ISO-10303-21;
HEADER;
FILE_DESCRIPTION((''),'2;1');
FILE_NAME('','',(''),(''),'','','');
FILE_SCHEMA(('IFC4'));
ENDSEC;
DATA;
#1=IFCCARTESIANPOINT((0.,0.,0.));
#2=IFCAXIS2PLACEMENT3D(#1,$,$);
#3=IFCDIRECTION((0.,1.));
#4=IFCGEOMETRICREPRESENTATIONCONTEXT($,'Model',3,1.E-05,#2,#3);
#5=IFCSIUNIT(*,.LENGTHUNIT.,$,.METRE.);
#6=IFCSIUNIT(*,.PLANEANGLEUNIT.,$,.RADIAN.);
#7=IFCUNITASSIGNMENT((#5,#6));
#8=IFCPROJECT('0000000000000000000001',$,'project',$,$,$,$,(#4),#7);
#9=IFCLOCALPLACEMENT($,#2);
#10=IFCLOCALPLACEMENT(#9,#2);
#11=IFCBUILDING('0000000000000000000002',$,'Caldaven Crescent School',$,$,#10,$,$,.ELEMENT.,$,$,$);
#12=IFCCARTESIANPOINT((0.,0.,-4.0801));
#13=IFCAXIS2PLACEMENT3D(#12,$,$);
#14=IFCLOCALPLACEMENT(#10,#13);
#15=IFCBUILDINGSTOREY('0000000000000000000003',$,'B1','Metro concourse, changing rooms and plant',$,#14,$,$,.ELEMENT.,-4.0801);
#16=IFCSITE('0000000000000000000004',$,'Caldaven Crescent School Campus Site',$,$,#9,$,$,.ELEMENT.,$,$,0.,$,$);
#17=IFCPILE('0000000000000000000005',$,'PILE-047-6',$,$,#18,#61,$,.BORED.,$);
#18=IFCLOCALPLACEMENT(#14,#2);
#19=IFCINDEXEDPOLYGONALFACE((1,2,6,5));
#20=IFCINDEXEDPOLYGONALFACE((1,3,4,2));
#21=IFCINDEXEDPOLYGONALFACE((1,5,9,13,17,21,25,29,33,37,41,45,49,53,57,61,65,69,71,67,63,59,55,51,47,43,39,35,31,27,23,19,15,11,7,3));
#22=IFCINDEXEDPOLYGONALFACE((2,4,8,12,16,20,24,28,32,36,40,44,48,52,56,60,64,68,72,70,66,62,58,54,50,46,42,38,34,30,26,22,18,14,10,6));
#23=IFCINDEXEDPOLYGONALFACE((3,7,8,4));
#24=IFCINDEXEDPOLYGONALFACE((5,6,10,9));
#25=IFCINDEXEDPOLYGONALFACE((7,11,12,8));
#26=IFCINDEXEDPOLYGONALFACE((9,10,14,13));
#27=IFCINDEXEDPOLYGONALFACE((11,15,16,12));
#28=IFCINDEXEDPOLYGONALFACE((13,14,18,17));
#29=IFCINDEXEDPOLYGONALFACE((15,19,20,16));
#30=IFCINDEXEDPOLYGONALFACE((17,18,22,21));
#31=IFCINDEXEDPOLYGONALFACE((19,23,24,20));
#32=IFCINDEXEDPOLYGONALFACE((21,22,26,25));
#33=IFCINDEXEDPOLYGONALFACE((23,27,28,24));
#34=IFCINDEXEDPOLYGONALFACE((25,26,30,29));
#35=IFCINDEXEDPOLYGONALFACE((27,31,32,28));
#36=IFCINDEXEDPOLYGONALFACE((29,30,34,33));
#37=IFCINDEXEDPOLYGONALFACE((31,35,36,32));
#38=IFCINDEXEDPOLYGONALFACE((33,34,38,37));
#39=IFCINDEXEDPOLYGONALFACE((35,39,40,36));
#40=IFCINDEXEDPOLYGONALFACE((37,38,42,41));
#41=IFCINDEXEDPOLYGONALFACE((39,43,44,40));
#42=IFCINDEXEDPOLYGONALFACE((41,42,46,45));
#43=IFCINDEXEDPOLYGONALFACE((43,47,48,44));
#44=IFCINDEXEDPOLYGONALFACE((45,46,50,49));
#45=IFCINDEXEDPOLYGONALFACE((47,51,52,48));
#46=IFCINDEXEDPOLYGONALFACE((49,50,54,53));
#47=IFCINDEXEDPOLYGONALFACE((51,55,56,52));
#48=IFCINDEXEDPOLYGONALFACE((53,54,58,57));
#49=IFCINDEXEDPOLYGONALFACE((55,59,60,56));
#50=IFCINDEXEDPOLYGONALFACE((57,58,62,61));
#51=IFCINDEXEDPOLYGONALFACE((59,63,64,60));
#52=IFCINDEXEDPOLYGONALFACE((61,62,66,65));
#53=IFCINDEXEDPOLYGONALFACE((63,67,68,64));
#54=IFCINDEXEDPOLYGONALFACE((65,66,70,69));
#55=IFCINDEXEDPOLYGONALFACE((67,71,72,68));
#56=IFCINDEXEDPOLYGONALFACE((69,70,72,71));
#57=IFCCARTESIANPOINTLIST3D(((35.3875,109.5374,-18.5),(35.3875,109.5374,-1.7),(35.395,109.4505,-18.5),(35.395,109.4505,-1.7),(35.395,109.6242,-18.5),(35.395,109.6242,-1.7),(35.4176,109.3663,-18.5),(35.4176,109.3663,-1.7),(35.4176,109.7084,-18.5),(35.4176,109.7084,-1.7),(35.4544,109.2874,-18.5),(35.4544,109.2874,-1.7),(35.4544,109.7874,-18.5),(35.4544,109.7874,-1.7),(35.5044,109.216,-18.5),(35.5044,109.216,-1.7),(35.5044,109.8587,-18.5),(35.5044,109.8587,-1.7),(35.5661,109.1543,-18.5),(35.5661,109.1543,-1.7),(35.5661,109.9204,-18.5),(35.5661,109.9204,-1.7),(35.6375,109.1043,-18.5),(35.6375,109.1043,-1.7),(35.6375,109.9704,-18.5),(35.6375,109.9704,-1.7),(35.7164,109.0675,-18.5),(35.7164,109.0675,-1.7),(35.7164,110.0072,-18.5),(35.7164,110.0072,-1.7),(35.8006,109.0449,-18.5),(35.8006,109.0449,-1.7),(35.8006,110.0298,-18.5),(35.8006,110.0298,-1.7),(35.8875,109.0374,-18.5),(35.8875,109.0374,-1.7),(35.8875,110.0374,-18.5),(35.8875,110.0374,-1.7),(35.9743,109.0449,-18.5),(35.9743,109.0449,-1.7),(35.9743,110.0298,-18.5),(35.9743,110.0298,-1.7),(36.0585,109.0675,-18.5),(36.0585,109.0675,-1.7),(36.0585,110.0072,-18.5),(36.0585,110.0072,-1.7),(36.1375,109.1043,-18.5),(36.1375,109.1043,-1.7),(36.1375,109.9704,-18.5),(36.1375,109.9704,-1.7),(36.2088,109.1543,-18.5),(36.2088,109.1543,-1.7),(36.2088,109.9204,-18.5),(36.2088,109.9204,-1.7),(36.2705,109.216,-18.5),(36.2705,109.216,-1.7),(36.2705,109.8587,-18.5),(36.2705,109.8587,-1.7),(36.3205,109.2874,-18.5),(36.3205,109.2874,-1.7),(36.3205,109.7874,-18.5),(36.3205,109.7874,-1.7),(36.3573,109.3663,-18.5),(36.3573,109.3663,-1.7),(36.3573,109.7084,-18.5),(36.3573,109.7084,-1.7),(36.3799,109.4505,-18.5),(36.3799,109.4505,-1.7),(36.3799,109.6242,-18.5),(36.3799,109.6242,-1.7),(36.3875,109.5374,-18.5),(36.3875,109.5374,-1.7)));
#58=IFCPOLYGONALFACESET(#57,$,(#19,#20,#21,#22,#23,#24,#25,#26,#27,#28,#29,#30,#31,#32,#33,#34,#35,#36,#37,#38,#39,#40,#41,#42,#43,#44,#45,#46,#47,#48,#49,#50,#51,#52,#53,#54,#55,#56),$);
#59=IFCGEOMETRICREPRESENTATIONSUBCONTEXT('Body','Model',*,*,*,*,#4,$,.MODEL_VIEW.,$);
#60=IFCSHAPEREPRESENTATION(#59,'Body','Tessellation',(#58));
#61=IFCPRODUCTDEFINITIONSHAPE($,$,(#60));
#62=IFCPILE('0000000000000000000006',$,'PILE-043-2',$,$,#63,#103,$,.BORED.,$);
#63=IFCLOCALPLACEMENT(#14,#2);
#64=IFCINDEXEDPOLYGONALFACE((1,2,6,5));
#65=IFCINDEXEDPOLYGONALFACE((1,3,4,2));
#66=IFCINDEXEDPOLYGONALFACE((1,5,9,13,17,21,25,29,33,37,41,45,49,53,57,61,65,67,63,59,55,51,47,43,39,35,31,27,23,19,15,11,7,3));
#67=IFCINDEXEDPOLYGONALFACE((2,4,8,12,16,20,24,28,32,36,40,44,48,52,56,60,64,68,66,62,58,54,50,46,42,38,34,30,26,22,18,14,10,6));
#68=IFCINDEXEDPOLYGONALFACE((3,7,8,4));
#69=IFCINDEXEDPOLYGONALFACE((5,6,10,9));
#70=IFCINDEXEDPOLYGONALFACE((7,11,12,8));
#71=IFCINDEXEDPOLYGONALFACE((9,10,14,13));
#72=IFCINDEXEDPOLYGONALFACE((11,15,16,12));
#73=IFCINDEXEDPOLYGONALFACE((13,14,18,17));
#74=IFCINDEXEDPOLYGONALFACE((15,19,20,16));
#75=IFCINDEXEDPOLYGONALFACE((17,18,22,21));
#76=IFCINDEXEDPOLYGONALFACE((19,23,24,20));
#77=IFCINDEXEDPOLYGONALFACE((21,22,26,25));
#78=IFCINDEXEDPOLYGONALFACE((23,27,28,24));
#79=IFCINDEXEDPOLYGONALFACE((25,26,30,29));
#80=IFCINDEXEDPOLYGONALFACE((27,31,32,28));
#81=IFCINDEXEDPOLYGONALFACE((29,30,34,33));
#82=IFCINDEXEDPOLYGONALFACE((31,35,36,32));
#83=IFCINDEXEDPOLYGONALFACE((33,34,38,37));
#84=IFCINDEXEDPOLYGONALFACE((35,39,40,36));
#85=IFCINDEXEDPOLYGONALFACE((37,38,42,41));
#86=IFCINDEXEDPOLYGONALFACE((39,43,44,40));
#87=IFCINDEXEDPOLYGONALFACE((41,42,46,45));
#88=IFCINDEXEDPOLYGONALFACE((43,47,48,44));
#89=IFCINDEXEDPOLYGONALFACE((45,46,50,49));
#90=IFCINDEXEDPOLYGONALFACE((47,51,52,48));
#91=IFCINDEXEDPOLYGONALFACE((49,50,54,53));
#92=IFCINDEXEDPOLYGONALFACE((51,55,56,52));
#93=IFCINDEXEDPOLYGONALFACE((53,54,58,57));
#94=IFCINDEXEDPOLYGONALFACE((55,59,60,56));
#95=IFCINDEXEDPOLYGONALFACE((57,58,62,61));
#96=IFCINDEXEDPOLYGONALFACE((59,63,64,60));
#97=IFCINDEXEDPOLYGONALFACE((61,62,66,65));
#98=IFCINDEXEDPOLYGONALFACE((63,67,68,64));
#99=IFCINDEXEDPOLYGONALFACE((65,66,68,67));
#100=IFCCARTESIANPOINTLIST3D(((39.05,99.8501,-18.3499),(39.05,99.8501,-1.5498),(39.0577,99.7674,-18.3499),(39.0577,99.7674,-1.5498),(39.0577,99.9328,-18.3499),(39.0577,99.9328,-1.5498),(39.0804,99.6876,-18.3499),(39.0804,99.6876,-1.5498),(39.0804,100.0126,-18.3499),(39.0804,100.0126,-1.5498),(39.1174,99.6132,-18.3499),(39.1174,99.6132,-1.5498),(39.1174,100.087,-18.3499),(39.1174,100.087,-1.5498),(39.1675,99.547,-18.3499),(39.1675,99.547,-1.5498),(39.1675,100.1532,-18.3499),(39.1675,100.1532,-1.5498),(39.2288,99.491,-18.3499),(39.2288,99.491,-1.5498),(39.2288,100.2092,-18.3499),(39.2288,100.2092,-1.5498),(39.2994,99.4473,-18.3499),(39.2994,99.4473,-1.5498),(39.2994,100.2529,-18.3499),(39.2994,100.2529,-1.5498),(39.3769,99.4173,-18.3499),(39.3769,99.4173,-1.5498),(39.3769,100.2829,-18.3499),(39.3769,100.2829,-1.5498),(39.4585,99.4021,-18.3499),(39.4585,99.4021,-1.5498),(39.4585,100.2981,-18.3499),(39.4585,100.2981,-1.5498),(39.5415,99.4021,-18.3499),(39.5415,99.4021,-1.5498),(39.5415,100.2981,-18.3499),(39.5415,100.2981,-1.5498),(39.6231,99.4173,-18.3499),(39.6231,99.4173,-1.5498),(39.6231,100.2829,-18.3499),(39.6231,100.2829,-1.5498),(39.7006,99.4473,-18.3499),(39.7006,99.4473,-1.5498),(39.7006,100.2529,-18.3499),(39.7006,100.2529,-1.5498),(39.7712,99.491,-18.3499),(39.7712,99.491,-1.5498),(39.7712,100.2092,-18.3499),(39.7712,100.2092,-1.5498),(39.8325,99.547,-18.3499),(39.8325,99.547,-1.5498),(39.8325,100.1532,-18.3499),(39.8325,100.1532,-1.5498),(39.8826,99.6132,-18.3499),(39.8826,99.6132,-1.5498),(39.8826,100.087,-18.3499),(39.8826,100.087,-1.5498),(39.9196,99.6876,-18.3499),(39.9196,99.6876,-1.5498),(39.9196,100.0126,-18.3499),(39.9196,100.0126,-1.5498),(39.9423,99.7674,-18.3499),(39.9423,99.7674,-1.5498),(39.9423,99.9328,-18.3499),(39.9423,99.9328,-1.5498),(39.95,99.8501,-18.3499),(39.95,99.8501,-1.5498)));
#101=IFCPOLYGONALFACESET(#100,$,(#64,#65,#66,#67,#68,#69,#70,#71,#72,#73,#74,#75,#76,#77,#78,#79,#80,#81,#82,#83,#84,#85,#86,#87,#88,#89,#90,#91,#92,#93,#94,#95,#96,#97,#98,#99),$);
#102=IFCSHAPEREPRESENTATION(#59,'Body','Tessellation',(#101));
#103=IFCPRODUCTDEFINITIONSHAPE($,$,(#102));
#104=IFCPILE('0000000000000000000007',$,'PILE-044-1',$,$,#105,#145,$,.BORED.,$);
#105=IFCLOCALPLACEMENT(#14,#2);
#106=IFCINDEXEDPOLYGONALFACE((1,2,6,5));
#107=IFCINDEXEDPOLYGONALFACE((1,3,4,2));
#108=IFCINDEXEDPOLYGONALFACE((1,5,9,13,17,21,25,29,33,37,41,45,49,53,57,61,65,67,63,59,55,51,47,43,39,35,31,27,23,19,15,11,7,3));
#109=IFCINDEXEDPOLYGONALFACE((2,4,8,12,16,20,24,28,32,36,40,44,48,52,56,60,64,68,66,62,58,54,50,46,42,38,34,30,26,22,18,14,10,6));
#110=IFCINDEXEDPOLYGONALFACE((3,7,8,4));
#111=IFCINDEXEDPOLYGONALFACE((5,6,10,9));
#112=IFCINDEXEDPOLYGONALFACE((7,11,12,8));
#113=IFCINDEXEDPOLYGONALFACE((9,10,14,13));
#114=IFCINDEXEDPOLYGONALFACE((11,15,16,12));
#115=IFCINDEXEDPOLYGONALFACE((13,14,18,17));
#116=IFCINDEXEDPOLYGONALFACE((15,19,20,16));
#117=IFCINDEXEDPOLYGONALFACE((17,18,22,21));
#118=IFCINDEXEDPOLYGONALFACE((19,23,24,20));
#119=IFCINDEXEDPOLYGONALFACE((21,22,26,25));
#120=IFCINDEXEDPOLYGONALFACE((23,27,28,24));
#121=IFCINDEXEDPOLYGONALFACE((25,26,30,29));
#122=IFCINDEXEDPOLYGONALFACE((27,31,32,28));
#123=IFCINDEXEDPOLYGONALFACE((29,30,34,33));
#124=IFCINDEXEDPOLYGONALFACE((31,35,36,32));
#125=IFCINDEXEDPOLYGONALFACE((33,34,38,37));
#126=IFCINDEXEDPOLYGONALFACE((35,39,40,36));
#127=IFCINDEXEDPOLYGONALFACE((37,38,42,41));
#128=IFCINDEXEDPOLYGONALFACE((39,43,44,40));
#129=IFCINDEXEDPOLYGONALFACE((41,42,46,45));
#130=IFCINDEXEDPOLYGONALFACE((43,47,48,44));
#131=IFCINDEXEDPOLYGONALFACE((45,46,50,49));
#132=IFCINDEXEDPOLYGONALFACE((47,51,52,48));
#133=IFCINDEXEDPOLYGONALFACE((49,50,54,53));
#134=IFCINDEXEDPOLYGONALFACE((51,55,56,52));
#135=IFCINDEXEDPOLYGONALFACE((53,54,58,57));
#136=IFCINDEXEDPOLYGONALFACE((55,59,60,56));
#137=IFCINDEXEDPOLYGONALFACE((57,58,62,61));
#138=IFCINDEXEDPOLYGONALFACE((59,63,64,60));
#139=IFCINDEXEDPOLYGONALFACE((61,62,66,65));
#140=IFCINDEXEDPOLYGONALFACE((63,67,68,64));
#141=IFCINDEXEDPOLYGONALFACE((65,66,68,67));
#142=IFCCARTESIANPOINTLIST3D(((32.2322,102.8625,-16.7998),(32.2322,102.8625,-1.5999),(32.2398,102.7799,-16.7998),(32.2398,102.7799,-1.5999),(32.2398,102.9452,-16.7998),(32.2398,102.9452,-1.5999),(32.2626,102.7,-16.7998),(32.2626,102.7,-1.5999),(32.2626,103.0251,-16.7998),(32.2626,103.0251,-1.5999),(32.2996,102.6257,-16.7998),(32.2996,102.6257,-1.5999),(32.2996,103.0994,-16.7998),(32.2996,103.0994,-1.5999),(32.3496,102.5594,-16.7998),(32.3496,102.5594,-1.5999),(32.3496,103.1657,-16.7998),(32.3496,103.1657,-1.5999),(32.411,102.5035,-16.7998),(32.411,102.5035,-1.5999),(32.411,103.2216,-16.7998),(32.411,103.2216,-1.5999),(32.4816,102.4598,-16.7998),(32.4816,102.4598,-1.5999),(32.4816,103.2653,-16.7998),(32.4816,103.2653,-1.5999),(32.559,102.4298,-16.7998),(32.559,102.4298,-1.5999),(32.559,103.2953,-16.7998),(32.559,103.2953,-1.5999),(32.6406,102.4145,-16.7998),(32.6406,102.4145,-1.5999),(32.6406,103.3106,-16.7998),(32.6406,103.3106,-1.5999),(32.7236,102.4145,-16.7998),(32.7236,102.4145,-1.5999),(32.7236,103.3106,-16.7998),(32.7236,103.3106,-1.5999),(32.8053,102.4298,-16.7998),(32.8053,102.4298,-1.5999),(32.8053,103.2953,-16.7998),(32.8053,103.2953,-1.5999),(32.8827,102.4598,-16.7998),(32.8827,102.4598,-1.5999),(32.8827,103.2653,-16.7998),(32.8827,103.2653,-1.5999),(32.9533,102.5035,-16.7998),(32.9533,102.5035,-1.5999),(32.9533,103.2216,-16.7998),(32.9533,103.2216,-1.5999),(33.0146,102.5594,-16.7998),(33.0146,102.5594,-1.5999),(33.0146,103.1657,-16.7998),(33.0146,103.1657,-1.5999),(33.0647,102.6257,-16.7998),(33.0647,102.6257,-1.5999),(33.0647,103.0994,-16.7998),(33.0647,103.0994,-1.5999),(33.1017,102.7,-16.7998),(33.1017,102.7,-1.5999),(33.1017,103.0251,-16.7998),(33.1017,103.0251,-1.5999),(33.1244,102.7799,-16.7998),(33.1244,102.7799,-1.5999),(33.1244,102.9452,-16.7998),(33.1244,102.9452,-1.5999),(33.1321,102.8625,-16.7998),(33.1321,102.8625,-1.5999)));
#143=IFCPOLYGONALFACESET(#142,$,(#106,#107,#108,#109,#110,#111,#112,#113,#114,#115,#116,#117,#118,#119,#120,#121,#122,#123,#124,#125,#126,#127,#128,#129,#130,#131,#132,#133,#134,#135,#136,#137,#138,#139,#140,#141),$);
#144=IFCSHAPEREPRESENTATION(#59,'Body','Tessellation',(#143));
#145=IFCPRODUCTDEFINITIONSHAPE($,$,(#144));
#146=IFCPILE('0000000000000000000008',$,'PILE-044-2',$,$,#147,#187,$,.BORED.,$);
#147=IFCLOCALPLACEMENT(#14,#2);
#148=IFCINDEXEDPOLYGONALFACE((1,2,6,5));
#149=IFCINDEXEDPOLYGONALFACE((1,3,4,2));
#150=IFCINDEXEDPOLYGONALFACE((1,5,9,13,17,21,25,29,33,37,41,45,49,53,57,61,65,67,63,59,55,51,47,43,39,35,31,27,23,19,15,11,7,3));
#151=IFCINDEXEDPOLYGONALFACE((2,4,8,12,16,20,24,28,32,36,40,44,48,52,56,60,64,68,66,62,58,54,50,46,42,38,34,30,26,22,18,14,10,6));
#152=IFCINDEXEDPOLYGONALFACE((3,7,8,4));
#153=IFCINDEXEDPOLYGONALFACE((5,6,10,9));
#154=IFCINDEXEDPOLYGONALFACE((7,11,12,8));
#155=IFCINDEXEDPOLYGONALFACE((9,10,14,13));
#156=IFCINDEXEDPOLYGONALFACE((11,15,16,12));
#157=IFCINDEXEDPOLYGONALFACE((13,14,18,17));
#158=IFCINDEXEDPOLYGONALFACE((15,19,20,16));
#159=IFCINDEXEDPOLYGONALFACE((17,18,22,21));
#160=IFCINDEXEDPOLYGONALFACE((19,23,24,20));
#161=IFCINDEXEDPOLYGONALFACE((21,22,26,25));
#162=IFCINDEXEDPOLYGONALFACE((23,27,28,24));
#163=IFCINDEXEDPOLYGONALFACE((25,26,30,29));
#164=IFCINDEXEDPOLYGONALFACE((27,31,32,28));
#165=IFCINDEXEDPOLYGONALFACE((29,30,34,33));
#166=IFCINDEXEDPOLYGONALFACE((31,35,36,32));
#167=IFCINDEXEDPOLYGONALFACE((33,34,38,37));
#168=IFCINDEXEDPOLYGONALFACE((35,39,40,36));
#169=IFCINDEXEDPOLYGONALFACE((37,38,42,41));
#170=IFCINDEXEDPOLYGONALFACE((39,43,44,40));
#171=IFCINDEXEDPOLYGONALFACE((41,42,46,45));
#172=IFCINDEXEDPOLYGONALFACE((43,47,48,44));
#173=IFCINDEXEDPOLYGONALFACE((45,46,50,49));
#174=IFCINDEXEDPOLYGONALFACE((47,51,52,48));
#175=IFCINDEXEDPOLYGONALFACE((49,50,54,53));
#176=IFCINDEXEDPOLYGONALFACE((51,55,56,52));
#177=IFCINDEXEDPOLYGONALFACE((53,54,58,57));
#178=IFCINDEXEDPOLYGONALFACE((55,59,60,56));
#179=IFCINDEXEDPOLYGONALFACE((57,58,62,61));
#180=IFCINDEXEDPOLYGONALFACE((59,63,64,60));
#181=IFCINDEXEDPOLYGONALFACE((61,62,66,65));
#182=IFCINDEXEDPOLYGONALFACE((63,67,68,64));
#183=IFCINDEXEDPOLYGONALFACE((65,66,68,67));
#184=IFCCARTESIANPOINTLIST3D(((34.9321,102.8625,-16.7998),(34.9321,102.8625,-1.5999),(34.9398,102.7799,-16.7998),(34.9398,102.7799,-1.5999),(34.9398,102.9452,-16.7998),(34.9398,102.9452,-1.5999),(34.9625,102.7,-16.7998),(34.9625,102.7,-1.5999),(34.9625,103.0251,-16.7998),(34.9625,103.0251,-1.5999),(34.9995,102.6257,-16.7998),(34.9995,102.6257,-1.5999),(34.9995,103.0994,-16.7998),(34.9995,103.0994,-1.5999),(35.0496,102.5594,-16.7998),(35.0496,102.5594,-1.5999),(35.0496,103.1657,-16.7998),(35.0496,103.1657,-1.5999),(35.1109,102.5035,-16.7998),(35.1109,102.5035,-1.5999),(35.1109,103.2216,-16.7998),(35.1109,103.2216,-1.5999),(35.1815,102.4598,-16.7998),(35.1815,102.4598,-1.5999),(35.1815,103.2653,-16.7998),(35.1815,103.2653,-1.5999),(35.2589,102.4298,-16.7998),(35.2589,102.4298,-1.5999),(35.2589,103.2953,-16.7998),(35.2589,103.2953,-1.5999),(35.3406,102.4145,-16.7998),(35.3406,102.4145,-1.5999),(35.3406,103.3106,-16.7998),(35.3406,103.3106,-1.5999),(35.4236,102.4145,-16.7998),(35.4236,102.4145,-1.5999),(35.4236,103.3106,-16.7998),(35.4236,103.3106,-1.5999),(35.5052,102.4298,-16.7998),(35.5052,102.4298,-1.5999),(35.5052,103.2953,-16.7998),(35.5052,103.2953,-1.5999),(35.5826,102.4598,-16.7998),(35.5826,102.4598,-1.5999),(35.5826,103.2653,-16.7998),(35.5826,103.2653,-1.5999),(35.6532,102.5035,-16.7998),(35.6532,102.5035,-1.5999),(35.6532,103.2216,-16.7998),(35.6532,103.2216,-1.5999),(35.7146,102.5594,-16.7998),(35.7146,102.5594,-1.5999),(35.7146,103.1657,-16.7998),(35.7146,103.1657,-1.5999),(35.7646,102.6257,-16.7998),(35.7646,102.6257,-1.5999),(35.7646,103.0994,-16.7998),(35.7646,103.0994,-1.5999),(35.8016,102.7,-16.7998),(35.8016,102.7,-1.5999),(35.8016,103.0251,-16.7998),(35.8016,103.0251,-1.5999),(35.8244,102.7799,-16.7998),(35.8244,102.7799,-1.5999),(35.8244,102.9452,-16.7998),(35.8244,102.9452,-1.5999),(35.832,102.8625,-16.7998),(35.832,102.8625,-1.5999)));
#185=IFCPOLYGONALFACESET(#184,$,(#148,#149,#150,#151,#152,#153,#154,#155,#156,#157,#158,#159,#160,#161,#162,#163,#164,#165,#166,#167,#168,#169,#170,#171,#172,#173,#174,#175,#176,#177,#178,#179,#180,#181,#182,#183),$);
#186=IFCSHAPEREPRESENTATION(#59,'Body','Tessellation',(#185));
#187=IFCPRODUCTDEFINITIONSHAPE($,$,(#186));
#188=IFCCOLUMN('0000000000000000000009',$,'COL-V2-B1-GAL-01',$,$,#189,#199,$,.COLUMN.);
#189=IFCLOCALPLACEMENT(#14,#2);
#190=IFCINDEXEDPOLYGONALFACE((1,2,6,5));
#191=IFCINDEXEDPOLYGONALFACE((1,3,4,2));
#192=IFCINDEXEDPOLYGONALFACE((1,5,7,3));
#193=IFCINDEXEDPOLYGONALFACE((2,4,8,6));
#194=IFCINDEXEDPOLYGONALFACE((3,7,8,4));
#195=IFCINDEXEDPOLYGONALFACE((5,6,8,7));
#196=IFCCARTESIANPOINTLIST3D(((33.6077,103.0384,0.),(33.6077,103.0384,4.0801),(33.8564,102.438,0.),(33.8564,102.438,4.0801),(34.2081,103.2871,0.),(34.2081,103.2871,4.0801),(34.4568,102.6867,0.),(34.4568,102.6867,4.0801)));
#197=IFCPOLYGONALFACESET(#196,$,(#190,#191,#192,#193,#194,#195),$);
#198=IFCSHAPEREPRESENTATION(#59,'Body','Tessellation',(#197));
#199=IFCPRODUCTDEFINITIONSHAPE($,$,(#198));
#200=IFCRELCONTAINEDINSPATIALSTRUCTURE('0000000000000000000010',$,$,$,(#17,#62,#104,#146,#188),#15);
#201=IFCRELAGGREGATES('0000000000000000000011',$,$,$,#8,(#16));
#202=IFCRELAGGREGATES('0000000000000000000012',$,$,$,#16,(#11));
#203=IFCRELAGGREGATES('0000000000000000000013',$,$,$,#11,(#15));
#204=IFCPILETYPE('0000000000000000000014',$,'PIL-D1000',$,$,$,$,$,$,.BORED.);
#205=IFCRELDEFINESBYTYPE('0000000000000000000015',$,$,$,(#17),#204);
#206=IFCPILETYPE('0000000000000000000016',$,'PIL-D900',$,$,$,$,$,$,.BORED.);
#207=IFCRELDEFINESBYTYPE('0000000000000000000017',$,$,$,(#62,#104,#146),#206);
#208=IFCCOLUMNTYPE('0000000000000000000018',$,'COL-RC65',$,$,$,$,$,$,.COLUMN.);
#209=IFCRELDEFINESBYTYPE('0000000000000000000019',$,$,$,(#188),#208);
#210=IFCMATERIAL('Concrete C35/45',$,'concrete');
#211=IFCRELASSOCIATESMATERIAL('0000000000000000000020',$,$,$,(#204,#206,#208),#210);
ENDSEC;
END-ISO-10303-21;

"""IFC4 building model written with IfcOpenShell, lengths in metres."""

from ifc_helpers import new_model, si_unit, direction, frame, origin, origin_2d, place, context, subcontext, project, spatial, rectangle, circle, extrude, material, material_profile, profile_set, type_object, element, save


model = new_model("IFC4")

# Units and contexts
model_context = context("Model", 3, precision=1e-05, world=origin(), true_north=direction((0.0, 1.0)))
body_context = subcontext(model_context, "Body", "Model", "MODEL_VIEW")
ifc_project = project(units=[si_unit("LENGTHUNIT", "METRE"), si_unit("PLANEANGLEUNIT", "RADIAN")], contexts=[model_context])

# Site, building, storey
site_placement = place(None, origin())
site = spatial("IfcSite", under=ifc_project, at=site_placement, Name="Caldaven Crescent School Campus Site", CompositionType="ELEMENT", RefElevation=0.0)
building_placement = place(site_placement, origin())
building = spatial("IfcBuilding", under=site, at=building_placement, Name="Caldaven Crescent School", CompositionType="ELEMENT")
storey_placement = place(building_placement, frame((0.0, 0.0, -4.0801)))
storey = spatial("IfcBuildingStorey", under=building, at=storey_placement, Name="B1", Description="Metro concourse, changing rooms and plant", CompositionType="ELEMENT", Elevation=-4.0801)

# Shared definitions
ifc_material_1 = material(Name="Concrete C35/45", Category="concrete")

# Piles
ifc_material_profile_1 = material_profile(ifc_material_1, circle(Radius=0.5, at=origin_2d()), Name="PILE D1000")
ifc_profile_set_1 = profile_set([ifc_material_profile_1], Name="Concrete C35/45")
pile_type_1 = type_object("IfcPileType", Name="PIL-D1000", PredefinedType="BORED", material=ifc_profile_set_1)
for number, where, z_axis, x_axis, name in (
    (1, (35.8875, 109.5374, -1.7), (0.0, 0.0, -1.0), (1.0, 0.0, 0.0), "PILE-047-6"),
):
    element("IfcPile", number, at=place(storey_placement, frame(where, z_axis=z_axis, x_axis=x_axis)), inside=storey, type_object=pile_type_1, Name=name, PredefinedType="BORED", context=body_context, shape_type="SweptSolid", body=[
        extrude(circle(Radius=0.5, at=origin_2d()), origin(), (0.0, 0.0, 1.0), 16.8),
    ])
ifc_material_profile_2 = material_profile(ifc_material_1, circle(Radius=0.45, at=origin_2d()), Name="PILE D900")
ifc_profile_set_2 = profile_set([ifc_material_profile_2], Name="Concrete C35/45")
pile_type_2 = type_object("IfcPileType", Name="PIL-D900", PredefinedType="BORED", material=ifc_profile_set_2)
pile_placement = place(storey_placement, frame((39.5, 99.8501, -1.5498), z_axis=(0.0, 0.0, -1.0), x_axis=(1.0, 0.0, 0.0)))
element("IfcPile", 2, at=pile_placement, inside=storey, type_object=pile_type_2, Name="PILE-043-2", PredefinedType="BORED", context=body_context, shape_type="SweptSolid", body=[
    extrude(circle(Radius=0.45, at=origin_2d()), origin(), (0.0, 0.0, 1.0), 16.8),
])
for number, where, z_axis, x_axis, name in (
    (3, (32.6821, 102.8625, -1.5999), (0.0, 0.0, -1.0), (1.0, 0.0, 0.0), "PILE-044-1"),
    (4, (35.3821, 102.8625, -1.5999), (0.0, 0.0, -1.0), (1.0, 0.0, 0.0), "PILE-044-2"),
):
    element("IfcPile", number, at=place(storey_placement, frame(where, z_axis=z_axis, x_axis=x_axis)), inside=storey, type_object=pile_type_2, Name=name, PredefinedType="BORED", context=body_context, shape_type="SweptSolid", body=[
        extrude(circle(Radius=0.45, at=origin_2d()), origin(), (0.0, 0.0, 1.0), 15.2),
    ])

# Column
ifc_material_profile_3 = material_profile(ifc_material_1, rectangle(XDim=0.6499, YDim=0.6499, at=origin_2d()), Name="RC 650x650")
ifc_profile_set_3 = profile_set([ifc_material_profile_3], Name="Concrete C35/45")
column_type_1 = type_object("IfcColumnType", Name="COL-RC65", PredefinedType="COLUMN", material=ifc_profile_set_3)
for number, where, z_axis, x_axis, name in (
    (5, (34.0322, 102.8625, 0.0), (0.0, 0.0, 1.0), (0.92388, 0.382683, 0.0), "COL-V2-B1-GAL-01"),
):
    element("IfcColumn", number, at=place(storey_placement, frame(where, z_axis=z_axis, x_axis=x_axis)), inside=storey, type_object=column_type_1, Name=name, PredefinedType="COLUMN", context=body_context, shape_type="SweptSolid", body=[
        extrude(rectangle(XDim=0.6499, YDim=0.6499, at=origin_2d()), origin(), (0.0, 0.0, 1.0), 4.0801),
    ])

save(model, "model.ifc")
